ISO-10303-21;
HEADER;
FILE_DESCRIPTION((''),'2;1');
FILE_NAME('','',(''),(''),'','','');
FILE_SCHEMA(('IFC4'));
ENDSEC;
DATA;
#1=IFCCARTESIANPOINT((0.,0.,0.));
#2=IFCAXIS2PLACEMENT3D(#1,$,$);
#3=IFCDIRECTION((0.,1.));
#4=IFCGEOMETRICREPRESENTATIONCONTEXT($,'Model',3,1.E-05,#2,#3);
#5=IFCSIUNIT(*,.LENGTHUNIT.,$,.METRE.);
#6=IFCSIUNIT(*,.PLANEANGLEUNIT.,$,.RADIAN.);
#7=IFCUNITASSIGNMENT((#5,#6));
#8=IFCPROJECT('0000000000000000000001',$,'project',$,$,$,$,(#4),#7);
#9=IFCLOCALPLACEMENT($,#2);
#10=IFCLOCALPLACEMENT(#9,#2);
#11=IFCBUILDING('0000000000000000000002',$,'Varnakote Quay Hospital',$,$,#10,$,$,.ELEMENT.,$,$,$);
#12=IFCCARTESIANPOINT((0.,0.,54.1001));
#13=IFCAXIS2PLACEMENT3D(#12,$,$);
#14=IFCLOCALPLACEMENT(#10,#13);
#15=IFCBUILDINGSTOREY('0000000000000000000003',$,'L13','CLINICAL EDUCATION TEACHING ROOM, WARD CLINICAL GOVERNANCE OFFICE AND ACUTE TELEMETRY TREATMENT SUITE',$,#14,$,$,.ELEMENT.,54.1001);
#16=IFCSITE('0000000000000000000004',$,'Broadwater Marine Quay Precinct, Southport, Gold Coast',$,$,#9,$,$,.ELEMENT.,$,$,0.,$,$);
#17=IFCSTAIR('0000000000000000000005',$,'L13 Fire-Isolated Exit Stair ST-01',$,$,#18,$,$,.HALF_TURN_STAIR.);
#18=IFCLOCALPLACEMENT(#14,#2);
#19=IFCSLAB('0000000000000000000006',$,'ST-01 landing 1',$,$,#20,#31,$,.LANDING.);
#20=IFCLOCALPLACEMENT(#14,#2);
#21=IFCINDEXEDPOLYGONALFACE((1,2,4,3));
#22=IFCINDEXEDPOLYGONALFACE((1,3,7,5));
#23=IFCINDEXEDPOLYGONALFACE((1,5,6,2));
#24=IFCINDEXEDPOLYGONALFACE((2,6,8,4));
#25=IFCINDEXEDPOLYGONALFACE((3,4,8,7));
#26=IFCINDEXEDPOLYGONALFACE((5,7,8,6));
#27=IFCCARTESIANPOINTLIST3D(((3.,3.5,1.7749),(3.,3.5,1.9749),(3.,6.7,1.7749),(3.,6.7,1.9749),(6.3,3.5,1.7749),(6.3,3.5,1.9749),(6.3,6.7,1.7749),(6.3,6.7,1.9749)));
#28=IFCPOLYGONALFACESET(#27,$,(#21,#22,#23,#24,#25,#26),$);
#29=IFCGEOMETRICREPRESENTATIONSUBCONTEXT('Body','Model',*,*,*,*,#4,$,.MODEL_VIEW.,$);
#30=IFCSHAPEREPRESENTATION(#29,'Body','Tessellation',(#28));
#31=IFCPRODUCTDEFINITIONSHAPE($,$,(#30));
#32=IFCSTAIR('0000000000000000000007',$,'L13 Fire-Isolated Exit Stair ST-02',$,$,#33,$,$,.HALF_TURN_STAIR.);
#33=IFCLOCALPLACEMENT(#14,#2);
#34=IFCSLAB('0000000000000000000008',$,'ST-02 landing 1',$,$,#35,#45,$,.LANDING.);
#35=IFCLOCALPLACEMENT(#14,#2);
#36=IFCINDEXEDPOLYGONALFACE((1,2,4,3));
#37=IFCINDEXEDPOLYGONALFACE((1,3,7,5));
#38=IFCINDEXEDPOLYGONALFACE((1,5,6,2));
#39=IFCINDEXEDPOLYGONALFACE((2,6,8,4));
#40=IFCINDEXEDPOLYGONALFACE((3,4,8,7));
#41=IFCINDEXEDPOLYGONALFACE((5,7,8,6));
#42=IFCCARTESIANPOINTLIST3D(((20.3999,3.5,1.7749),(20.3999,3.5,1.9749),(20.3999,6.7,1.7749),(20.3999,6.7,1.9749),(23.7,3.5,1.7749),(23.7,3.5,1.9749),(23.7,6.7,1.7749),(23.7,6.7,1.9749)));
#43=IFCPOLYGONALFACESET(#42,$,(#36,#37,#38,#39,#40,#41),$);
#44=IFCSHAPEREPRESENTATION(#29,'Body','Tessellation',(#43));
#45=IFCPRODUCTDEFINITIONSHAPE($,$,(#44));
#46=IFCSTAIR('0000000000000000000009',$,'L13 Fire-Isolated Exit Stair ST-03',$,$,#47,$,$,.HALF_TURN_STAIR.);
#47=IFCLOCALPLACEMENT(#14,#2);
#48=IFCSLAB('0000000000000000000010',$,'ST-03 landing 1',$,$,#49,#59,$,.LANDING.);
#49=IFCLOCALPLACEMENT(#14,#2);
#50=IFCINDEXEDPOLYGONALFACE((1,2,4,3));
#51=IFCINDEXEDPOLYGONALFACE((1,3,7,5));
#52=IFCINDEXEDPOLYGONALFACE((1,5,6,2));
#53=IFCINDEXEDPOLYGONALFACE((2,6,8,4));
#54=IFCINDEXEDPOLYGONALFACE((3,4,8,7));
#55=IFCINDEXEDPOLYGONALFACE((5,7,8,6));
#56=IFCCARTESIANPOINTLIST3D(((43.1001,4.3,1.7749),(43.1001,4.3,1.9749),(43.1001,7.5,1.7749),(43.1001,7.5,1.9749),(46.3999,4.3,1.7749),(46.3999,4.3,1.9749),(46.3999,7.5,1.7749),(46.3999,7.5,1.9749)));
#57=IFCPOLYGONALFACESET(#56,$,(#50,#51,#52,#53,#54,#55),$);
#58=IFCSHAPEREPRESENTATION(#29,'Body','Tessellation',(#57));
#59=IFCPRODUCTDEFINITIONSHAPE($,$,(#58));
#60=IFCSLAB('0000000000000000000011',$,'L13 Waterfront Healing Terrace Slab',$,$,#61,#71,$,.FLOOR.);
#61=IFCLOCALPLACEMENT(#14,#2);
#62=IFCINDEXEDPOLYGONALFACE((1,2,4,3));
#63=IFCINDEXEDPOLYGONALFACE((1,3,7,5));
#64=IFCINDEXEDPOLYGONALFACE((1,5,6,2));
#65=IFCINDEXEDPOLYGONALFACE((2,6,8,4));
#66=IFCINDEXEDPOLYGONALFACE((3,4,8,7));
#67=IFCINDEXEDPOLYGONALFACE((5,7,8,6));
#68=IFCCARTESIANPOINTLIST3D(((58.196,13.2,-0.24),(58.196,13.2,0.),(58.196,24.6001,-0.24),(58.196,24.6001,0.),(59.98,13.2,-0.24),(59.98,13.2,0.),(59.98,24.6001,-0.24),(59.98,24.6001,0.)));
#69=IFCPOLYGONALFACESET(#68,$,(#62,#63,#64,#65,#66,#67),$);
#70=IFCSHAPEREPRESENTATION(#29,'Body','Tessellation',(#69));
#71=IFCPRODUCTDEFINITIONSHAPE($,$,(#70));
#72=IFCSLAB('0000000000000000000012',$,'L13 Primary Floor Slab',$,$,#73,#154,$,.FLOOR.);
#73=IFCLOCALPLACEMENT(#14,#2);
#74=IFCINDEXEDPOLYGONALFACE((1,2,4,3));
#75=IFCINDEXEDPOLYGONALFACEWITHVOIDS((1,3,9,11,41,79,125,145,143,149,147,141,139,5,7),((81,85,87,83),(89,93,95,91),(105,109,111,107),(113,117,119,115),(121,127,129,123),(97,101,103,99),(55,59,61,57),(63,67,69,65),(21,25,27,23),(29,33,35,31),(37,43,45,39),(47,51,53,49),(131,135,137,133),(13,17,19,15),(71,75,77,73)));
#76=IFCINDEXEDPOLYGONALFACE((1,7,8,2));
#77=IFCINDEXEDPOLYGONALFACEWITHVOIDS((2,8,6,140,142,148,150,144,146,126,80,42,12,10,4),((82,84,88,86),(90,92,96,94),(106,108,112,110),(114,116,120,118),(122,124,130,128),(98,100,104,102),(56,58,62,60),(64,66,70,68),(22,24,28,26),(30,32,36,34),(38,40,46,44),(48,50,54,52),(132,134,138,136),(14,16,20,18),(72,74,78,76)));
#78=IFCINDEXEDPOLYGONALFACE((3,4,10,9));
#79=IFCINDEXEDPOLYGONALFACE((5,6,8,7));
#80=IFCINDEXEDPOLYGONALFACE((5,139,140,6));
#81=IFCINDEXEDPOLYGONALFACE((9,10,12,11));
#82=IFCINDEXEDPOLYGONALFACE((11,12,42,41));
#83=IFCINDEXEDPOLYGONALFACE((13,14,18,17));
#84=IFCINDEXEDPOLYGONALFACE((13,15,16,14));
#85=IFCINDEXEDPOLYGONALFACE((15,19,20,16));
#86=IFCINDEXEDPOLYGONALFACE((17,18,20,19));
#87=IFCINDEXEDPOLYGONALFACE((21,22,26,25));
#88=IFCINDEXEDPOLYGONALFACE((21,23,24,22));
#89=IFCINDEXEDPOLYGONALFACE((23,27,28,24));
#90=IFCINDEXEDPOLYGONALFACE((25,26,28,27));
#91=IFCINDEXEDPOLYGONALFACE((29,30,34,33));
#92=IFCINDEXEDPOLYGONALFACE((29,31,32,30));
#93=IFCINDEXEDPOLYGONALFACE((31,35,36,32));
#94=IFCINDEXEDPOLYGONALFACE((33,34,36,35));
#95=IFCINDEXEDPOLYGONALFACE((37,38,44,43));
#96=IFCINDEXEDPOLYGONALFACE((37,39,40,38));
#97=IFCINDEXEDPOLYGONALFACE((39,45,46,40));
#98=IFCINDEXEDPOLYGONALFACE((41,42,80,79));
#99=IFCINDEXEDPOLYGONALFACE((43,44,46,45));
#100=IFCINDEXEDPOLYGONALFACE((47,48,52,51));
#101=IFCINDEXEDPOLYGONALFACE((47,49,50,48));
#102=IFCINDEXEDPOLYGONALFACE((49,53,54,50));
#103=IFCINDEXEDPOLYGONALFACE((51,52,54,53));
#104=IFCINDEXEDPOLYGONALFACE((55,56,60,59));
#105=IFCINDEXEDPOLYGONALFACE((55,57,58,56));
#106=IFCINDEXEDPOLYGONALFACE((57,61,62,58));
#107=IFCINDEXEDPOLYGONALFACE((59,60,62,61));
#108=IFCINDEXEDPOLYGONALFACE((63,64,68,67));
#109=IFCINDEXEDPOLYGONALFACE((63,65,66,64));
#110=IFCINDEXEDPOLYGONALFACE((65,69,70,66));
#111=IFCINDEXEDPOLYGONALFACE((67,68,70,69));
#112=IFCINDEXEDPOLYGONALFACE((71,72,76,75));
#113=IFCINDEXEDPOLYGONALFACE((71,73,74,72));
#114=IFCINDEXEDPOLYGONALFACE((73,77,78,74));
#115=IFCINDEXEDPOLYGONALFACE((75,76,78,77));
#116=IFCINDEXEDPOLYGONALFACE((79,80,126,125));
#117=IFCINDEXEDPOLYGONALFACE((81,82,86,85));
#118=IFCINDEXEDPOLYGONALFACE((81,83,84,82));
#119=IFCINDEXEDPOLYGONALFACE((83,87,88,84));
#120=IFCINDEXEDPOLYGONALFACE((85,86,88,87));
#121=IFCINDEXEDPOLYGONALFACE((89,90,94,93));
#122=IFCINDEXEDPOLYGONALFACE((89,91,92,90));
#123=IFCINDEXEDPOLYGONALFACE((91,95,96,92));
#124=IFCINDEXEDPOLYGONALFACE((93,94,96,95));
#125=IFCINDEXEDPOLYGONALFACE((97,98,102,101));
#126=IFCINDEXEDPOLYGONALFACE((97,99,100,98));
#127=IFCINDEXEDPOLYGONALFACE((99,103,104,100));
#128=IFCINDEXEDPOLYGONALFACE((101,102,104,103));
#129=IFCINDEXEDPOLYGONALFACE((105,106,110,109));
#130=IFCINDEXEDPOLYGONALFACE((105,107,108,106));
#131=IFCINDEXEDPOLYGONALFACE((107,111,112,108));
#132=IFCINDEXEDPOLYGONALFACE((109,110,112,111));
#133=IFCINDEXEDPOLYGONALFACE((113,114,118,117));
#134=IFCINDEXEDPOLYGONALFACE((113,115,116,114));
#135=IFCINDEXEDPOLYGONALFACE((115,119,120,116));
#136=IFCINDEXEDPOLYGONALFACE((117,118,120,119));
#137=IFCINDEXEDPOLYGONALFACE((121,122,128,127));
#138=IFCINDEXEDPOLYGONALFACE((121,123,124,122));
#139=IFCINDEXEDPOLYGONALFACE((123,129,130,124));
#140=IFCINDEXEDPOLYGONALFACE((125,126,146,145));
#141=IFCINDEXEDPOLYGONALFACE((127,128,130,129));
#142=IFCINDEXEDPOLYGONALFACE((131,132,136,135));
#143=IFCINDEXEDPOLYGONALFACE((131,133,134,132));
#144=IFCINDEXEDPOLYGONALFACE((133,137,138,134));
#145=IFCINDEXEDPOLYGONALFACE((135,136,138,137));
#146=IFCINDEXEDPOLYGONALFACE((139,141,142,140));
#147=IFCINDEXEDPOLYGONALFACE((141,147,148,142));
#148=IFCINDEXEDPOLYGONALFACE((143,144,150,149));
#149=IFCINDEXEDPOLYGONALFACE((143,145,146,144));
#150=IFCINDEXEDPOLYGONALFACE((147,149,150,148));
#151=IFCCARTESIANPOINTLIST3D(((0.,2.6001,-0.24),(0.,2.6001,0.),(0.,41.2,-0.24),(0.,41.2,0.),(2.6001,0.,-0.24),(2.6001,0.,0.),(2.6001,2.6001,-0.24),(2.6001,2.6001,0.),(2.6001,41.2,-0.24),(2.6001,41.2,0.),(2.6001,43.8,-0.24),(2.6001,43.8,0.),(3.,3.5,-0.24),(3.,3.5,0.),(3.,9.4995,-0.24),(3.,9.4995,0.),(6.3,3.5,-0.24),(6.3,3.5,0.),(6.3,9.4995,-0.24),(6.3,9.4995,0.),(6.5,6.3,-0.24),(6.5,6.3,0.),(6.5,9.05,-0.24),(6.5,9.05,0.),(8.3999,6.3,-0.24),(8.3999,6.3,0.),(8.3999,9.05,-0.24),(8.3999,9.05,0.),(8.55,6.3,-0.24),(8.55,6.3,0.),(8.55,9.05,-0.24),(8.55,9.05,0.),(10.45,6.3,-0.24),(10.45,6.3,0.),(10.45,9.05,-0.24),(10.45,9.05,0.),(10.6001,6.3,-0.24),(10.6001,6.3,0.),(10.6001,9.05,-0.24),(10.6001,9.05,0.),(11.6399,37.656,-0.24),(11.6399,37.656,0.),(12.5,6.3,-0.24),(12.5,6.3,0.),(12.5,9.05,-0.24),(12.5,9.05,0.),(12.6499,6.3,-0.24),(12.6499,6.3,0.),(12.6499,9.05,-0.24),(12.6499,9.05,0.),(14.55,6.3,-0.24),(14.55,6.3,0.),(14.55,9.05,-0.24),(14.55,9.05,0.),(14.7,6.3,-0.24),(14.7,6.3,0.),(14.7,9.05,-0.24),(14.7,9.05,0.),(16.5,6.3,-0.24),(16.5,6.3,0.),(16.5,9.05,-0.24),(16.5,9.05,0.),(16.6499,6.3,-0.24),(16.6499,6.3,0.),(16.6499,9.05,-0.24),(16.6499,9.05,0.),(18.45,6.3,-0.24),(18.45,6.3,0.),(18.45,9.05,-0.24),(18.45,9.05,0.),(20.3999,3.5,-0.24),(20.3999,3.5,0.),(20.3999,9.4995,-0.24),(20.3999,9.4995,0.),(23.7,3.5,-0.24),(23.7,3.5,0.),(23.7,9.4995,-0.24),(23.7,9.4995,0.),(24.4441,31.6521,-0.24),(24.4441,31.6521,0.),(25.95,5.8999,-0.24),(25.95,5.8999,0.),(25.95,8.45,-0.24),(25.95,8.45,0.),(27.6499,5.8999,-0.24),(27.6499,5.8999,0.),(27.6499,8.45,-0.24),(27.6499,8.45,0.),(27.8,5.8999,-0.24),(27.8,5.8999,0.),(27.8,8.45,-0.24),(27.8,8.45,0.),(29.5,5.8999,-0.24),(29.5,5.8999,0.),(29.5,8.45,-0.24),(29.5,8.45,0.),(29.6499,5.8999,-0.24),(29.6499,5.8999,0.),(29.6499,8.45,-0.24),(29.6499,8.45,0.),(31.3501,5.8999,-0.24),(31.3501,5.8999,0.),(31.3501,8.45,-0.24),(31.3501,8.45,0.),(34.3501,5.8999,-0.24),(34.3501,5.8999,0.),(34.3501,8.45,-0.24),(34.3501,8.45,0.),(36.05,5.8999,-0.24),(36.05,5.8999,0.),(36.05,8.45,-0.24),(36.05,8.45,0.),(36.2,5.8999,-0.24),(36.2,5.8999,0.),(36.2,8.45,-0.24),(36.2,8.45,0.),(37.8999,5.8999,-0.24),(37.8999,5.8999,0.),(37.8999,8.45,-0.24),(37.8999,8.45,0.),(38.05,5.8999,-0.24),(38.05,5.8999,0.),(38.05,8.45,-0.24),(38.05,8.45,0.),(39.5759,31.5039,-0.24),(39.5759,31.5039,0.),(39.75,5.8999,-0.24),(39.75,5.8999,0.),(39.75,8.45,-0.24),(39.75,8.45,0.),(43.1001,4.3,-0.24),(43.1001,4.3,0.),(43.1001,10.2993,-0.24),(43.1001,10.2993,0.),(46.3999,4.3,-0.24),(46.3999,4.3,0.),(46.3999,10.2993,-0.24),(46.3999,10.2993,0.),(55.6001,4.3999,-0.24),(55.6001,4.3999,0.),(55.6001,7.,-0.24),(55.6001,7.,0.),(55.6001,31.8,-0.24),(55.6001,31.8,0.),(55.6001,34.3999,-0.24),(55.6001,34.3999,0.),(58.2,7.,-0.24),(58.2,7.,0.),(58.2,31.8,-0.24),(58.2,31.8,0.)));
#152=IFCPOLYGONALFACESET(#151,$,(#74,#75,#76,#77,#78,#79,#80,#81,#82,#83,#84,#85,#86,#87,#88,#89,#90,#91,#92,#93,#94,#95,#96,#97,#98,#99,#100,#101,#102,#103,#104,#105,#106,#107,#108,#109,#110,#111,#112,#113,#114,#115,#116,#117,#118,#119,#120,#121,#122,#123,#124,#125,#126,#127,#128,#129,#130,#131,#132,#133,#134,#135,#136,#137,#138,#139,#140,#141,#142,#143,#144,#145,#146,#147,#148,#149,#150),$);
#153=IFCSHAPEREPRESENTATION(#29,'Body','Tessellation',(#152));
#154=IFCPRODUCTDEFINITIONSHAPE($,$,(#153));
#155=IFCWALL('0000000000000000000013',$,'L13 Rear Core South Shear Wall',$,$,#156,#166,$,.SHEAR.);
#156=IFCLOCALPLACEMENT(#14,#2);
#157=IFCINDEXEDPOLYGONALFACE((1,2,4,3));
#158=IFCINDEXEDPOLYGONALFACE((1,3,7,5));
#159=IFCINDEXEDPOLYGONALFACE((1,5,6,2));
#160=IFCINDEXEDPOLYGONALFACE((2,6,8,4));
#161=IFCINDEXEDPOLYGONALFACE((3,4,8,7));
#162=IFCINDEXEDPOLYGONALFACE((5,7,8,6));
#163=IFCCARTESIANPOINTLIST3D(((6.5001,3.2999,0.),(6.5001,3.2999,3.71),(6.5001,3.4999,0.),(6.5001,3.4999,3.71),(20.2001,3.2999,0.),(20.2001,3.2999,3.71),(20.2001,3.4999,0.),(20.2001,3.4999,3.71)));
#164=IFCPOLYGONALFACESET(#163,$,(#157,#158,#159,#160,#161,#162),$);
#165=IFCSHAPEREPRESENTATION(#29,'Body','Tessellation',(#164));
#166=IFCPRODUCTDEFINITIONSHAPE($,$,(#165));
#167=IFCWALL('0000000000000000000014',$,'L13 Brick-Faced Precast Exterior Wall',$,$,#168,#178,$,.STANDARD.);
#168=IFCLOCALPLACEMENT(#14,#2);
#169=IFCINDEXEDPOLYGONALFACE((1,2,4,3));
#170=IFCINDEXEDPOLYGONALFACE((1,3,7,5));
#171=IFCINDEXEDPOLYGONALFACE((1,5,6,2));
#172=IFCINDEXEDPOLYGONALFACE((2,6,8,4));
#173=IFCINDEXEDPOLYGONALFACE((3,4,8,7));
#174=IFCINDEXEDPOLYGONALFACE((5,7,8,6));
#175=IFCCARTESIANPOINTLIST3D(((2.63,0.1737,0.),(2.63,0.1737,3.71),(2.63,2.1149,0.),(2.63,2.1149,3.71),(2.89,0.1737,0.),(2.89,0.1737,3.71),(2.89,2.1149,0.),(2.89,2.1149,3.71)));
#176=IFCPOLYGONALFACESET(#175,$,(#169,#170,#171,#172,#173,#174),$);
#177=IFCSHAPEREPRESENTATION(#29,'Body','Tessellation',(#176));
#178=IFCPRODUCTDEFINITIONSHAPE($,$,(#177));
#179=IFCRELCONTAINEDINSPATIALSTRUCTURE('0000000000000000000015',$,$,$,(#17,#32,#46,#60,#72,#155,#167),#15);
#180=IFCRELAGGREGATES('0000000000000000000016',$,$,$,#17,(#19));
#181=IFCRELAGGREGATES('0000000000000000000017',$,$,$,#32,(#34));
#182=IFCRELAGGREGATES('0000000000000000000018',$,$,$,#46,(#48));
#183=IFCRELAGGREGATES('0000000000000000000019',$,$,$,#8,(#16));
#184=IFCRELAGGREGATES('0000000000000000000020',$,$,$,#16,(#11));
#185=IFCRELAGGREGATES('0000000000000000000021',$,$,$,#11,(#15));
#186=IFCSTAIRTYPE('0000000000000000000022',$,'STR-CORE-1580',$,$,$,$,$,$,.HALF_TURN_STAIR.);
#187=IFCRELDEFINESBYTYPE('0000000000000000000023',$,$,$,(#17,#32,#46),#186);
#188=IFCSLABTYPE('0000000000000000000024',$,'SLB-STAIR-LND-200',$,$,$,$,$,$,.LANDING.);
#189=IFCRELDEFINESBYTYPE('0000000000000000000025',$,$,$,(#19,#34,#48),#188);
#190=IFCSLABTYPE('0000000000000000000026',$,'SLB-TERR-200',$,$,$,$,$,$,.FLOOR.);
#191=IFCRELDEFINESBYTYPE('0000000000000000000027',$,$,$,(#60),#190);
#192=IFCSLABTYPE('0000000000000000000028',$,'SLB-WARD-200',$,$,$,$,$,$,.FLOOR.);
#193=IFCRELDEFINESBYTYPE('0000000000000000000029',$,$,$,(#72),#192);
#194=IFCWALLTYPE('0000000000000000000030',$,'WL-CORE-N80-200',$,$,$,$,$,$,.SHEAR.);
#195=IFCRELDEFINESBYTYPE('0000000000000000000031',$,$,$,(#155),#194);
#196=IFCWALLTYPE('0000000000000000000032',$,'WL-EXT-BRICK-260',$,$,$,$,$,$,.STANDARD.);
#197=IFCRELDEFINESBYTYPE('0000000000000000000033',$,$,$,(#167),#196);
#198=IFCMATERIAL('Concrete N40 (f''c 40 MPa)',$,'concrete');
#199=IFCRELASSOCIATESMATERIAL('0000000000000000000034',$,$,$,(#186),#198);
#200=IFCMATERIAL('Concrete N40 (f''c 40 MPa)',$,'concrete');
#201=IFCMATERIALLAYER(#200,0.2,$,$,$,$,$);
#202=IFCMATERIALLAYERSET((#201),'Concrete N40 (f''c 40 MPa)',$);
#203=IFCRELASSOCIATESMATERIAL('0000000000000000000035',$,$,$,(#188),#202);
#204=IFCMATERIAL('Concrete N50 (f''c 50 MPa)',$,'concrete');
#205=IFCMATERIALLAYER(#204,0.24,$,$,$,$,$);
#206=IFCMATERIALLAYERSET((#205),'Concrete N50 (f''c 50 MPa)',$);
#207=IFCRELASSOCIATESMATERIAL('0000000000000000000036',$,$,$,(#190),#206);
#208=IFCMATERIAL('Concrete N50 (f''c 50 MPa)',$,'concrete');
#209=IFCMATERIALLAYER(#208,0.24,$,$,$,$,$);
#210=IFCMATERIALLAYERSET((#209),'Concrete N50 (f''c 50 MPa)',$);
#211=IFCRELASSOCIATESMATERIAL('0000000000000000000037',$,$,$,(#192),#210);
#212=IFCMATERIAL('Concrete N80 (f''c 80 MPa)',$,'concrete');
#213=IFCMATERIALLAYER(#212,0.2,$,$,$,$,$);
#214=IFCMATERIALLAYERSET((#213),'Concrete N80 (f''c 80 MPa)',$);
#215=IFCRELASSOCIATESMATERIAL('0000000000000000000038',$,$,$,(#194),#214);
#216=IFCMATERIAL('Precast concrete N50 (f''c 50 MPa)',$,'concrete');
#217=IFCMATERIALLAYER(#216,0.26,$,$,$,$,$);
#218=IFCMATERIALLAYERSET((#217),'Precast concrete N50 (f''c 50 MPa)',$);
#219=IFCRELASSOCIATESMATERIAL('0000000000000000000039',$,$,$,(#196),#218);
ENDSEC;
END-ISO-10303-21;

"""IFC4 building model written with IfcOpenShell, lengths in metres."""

from ifc_helpers import new_model, si_unit, direction, frame, frame_2d, origin, place, context, subcontext, project, spatial, polyline, rectangle, outline, extrude, material, layer, layer_set, type_object, element, aggregate, save


model = new_model("IFC4")

# Units and contexts
model_context = context("Model", 3, precision=1e-05, world=origin(), true_north=direction((0.0, 1.0)))
body_context = subcontext(model_context, "Body", "Model", "MODEL_VIEW")
ifc_project = project(units=[si_unit("LENGTHUNIT", "METRE"), si_unit("PLANEANGLEUNIT", "RADIAN")], contexts=[model_context])

# Site, building, storey
site_placement = place(None, origin())
site = spatial("IfcSite", under=ifc_project, at=site_placement, Name="Broadwater Marine Quay Precinct, Southport, Gold Coast", CompositionType="ELEMENT", RefElevation=0.0)
building_placement = place(site_placement, origin())
building = spatial("IfcBuilding", under=site, at=building_placement, Name="Varnakote Quay Hospital", CompositionType="ELEMENT")
storey_placement = place(building_placement, frame((0.0, 0.0, 54.1001)))
storey = spatial("IfcBuildingStorey", under=building, at=storey_placement, Name="L13", Description="CLINICAL EDUCATION TEACHING ROOM, WARD CLINICAL GOVERNANCE OFFICE AND ACUTE TELEMETRY TREATMENT SUITE", CompositionType="ELEMENT", Elevation=54.1001)

# Stairs, slabs
ifc_material_1 = material(Name="Concrete N40 (f'c 40 MPa)", Category="concrete")
stair_type = type_object("IfcStairType", Name="STR-CORE-1580", PredefinedType="HALF_TURN_STAIR", material=ifc_material_1)
stair_1_placement = place(storey_placement, origin())
stair_1 = element("IfcStair", 1, at=stair_1_placement, inside=storey, type_object=stair_type, Name="L13 Fire-Isolated Exit Stair ST-01", PredefinedType="HALF_TURN_STAIR")
ifc_material_2 = material(Name="Concrete N40 (f'c 40 MPa)", Category="concrete")
ifc_layer_1 = layer(ifc_material_2, 0.2)
ifc_layer_set_1 = layer_set([ifc_layer_1], Name="Concrete N40 (f'c 40 MPa)")
slab_type_1 = type_object("IfcSlabType", Name="SLB-STAIR-LND-200", PredefinedType="LANDING", material=ifc_layer_set_1)
slab_1_placement = place(storey_placement, frame((0.0, 0.0, 1.7749)))
slab_1 = element("IfcSlab", 2, at=slab_1_placement, type_object=slab_type_1, Name="ST-01 landing 1", PredefinedType="LANDING", context=body_context, shape_type="SweptSolid", body=[
    extrude(outline(polyline([(3.0, 6.7), (3.0, 3.5), (6.3, 3.5), (6.3, 6.7), (3.0, 6.7)])), origin(), (0.0, 0.0, 1.0), 0.2),
])
aggregate(stair_1, [slab_1])
stair_2_placement = place(storey_placement, origin())
stair_2 = element("IfcStair", 3, at=stair_2_placement, inside=storey, type_object=stair_type, Name="L13 Fire-Isolated Exit Stair ST-02", PredefinedType="HALF_TURN_STAIR")
slab_2_placement = place(storey_placement, frame((0.0, 0.0, 1.7749)))
slab_2 = element("IfcSlab", 4, at=slab_2_placement, type_object=slab_type_1, Name="ST-02 landing 1", PredefinedType="LANDING", context=body_context, shape_type="SweptSolid", body=[
    extrude(outline(polyline([(20.3999, 6.7), (20.3999, 3.5), (23.7, 3.5), (23.7, 6.7), (20.3999, 6.7)])), origin(), (0.0, 0.0, 1.0), 0.2),
])
aggregate(stair_2, [slab_2])
stair_3_placement = place(storey_placement, origin())
stair_3 = element("IfcStair", 5, at=stair_3_placement, inside=storey, type_object=stair_type, Name="L13 Fire-Isolated Exit Stair ST-03", PredefinedType="HALF_TURN_STAIR")
slab_3_placement = place(storey_placement, frame((0.0, 0.0, 1.7749)))
slab_3 = element("IfcSlab", 6, at=slab_3_placement, type_object=slab_type_1, Name="ST-03 landing 1", PredefinedType="LANDING", context=body_context, shape_type="SweptSolid", body=[
    extrude(outline(polyline([(43.1001, 7.5), (43.1001, 4.3), (46.3999, 4.3), (46.3999, 7.5), (43.1001, 7.5)])), origin(), (0.0, 0.0, 1.0), 0.2),
])
aggregate(stair_3, [slab_3])

# Slabs
ifc_material_3 = material(Name="Concrete N50 (f'c 50 MPa)", Category="concrete")
ifc_layer_2 = layer(ifc_material_3, 0.24)
ifc_layer_set_2 = layer_set([ifc_layer_2], Name="Concrete N50 (f'c 50 MPa)")
slab_type_2 = type_object("IfcSlabType", Name="SLB-TERR-200", PredefinedType="FLOOR", material=ifc_layer_set_2)
slab_4_placement = place(storey_placement, frame((0.0, 0.0, -0.24)))
element("IfcSlab", 7, at=slab_4_placement, inside=storey, type_object=slab_type_2, Name="L13 Waterfront Healing Terrace Slab", PredefinedType="FLOOR", context=body_context, shape_type="SweptSolid", body=[
    extrude(outline(polyline([(58.196, 24.6001), (58.196, 13.2), (59.98, 13.2), (59.98, 24.6001), (58.196, 24.6001)])), origin(), (0.0, 0.0, 1.0), 0.24),
])
ifc_material_4 = material(Name="Concrete N50 (f'c 50 MPa)", Category="concrete")
ifc_layer_3 = layer(ifc_material_4, 0.24)
ifc_layer_set_3 = layer_set([ifc_layer_3], Name="Concrete N50 (f'c 50 MPa)")
slab_type_3 = type_object("IfcSlabType", Name="SLB-WARD-200", PredefinedType="FLOOR", material=ifc_layer_set_3)
slab_5_placement = place(storey_placement, frame((0.0, 0.0, -0.24)))
element("IfcSlab", 8, at=slab_5_placement, inside=storey, type_object=slab_type_3, Name="L13 Primary Floor Slab", PredefinedType="FLOOR", context=body_context, shape_type="SweptSolid", body=[
    extrude(outline(polyline([(0.0, 2.6001), (2.6001, 2.6001), (2.6001, 0.0), (55.6001, 4.3999), (55.6001, 7.0), (58.2, 7.0), (58.2, 31.8), (55.6001, 31.8), (55.6001, 34.3999), (39.5759, 31.5039), (24.4441, 31.6521), (11.6399, 37.656), (2.6001, 43.8), (2.6001, 41.2), (0.0, 41.2), (0.0, 2.6001)]), holes=[polyline([(3.0, 3.5), (6.3, 3.5), (6.3, 9.4995), (3.0, 9.4995), (3.0, 3.5)]), polyline([(20.3999, 3.5), (23.7, 3.5), (23.7, 9.4995), (20.3999, 9.4995), (20.3999, 3.5)]), polyline([(43.1001, 4.3), (46.3999, 4.3), (46.3999, 10.2993), (43.1001, 10.2993), (43.1001, 4.3)]), polyline([(6.5, 6.3), (8.3999, 6.3), (8.3999, 9.05), (6.5, 9.05), (6.5, 6.3)]), polyline([(8.55, 6.3), (10.45, 6.3), (10.45, 9.05), (8.55, 9.05), (8.55, 6.3)]), polyline([(10.6001, 6.3), (12.5, 6.3), (12.5, 9.05), (10.6001, 9.05), (10.6001, 6.3)]), polyline([(12.6499, 6.3), (14.55, 6.3), (14.55, 9.05), (12.6499, 9.05), (12.6499, 6.3)]), polyline([(14.7, 6.3), (16.5, 6.3), (16.5, 9.05), (14.7, 9.05), (14.7, 6.3)]), polyline([(16.6499, 6.3), (18.45, 6.3), (18.45, 9.05), (16.6499, 9.05), (16.6499, 6.3)]), polyline([(25.95, 5.8999), (27.6499, 5.8999), (27.6499, 8.45), (25.95, 8.45), (25.95, 5.8999)]), polyline([(27.8, 5.8999), (29.5, 5.8999), (29.5, 8.45), (27.8, 8.45), (27.8, 5.8999)]), polyline([(29.6499, 5.8999), (31.3501, 5.8999), (31.3501, 8.45), (29.6499, 8.45), (29.6499, 5.8999)]), polyline([(34.3501, 5.8999), (36.05, 5.8999), (36.05, 8.45), (34.3501, 8.45), (34.3501, 5.8999)]), polyline([(36.2, 5.8999), (37.8999, 5.8999), (37.8999, 8.45), (36.2, 8.45), (36.2, 5.8999)]), polyline([(38.05, 5.8999), (39.75, 5.8999), (39.75, 8.45), (38.05, 8.45), (38.05, 5.8999)])]), origin(), (0.0, 0.0, 1.0), 0.24),
])

# Walls
ifc_material_5 = material(Name="Concrete N80 (f'c 80 MPa)", Category="concrete")
ifc_layer_4 = layer(ifc_material_5, 0.2)
ifc_layer_set_4 = layer_set([ifc_layer_4], Name="Concrete N80 (f'c 80 MPa)")
wall_type_1 = type_object("IfcWallType", Name="WL-CORE-N80-200", PredefinedType="SHEAR", material=ifc_layer_set_4)
wall_1_placement = place(storey_placement, frame((6.5, 3.3999, 0.0), z_axis=(0.0, 0.0, 1.0), x_axis=(1.0, 0.0, 0.0)))
element("IfcWall", 9, at=wall_1_placement, inside=storey, type_object=wall_type_1, Name="L13 Rear Core South Shear Wall", PredefinedType="SHEAR", context=body_context, shape_type="SweptSolid", body=[
    extrude(rectangle(XDim=13.7, YDim=0.2, at=frame_2d((6.8501, 0.0))), origin(), (0.0, 0.0, 1.0), 3.71),
])
ifc_material_6 = material(Name="Precast concrete N50 (f'c 50 MPa)", Category="concrete")
ifc_layer_5 = layer(ifc_material_6, 0.26)
ifc_layer_set_5 = layer_set([ifc_layer_5], Name="Precast concrete N50 (f'c 50 MPa)")
wall_type_2 = type_object("IfcWallType", Name="WL-EXT-BRICK-260", PredefinedType="STANDARD", material=ifc_layer_set_5)
wall_2_placement = place(storey_placement, frame((2.76, 2.115, 0.0), z_axis=(0.0, 0.0, 1.0), x_axis=(0.0, -1.0, 0.0)))
element("IfcWall", 10, at=wall_2_placement, inside=storey, type_object=wall_type_2, Name="L13 Brick-Faced Precast Exterior Wall", PredefinedType="STANDARD", context=body_context, shape_type="SweptSolid", body=[
    extrude(rectangle(XDim=1.9412, YDim=0.26, at=frame_2d((0.9707, 0.0))), origin(), (0.0, 0.0, 1.0), 3.71),
])

save(model, "model.ifc")
